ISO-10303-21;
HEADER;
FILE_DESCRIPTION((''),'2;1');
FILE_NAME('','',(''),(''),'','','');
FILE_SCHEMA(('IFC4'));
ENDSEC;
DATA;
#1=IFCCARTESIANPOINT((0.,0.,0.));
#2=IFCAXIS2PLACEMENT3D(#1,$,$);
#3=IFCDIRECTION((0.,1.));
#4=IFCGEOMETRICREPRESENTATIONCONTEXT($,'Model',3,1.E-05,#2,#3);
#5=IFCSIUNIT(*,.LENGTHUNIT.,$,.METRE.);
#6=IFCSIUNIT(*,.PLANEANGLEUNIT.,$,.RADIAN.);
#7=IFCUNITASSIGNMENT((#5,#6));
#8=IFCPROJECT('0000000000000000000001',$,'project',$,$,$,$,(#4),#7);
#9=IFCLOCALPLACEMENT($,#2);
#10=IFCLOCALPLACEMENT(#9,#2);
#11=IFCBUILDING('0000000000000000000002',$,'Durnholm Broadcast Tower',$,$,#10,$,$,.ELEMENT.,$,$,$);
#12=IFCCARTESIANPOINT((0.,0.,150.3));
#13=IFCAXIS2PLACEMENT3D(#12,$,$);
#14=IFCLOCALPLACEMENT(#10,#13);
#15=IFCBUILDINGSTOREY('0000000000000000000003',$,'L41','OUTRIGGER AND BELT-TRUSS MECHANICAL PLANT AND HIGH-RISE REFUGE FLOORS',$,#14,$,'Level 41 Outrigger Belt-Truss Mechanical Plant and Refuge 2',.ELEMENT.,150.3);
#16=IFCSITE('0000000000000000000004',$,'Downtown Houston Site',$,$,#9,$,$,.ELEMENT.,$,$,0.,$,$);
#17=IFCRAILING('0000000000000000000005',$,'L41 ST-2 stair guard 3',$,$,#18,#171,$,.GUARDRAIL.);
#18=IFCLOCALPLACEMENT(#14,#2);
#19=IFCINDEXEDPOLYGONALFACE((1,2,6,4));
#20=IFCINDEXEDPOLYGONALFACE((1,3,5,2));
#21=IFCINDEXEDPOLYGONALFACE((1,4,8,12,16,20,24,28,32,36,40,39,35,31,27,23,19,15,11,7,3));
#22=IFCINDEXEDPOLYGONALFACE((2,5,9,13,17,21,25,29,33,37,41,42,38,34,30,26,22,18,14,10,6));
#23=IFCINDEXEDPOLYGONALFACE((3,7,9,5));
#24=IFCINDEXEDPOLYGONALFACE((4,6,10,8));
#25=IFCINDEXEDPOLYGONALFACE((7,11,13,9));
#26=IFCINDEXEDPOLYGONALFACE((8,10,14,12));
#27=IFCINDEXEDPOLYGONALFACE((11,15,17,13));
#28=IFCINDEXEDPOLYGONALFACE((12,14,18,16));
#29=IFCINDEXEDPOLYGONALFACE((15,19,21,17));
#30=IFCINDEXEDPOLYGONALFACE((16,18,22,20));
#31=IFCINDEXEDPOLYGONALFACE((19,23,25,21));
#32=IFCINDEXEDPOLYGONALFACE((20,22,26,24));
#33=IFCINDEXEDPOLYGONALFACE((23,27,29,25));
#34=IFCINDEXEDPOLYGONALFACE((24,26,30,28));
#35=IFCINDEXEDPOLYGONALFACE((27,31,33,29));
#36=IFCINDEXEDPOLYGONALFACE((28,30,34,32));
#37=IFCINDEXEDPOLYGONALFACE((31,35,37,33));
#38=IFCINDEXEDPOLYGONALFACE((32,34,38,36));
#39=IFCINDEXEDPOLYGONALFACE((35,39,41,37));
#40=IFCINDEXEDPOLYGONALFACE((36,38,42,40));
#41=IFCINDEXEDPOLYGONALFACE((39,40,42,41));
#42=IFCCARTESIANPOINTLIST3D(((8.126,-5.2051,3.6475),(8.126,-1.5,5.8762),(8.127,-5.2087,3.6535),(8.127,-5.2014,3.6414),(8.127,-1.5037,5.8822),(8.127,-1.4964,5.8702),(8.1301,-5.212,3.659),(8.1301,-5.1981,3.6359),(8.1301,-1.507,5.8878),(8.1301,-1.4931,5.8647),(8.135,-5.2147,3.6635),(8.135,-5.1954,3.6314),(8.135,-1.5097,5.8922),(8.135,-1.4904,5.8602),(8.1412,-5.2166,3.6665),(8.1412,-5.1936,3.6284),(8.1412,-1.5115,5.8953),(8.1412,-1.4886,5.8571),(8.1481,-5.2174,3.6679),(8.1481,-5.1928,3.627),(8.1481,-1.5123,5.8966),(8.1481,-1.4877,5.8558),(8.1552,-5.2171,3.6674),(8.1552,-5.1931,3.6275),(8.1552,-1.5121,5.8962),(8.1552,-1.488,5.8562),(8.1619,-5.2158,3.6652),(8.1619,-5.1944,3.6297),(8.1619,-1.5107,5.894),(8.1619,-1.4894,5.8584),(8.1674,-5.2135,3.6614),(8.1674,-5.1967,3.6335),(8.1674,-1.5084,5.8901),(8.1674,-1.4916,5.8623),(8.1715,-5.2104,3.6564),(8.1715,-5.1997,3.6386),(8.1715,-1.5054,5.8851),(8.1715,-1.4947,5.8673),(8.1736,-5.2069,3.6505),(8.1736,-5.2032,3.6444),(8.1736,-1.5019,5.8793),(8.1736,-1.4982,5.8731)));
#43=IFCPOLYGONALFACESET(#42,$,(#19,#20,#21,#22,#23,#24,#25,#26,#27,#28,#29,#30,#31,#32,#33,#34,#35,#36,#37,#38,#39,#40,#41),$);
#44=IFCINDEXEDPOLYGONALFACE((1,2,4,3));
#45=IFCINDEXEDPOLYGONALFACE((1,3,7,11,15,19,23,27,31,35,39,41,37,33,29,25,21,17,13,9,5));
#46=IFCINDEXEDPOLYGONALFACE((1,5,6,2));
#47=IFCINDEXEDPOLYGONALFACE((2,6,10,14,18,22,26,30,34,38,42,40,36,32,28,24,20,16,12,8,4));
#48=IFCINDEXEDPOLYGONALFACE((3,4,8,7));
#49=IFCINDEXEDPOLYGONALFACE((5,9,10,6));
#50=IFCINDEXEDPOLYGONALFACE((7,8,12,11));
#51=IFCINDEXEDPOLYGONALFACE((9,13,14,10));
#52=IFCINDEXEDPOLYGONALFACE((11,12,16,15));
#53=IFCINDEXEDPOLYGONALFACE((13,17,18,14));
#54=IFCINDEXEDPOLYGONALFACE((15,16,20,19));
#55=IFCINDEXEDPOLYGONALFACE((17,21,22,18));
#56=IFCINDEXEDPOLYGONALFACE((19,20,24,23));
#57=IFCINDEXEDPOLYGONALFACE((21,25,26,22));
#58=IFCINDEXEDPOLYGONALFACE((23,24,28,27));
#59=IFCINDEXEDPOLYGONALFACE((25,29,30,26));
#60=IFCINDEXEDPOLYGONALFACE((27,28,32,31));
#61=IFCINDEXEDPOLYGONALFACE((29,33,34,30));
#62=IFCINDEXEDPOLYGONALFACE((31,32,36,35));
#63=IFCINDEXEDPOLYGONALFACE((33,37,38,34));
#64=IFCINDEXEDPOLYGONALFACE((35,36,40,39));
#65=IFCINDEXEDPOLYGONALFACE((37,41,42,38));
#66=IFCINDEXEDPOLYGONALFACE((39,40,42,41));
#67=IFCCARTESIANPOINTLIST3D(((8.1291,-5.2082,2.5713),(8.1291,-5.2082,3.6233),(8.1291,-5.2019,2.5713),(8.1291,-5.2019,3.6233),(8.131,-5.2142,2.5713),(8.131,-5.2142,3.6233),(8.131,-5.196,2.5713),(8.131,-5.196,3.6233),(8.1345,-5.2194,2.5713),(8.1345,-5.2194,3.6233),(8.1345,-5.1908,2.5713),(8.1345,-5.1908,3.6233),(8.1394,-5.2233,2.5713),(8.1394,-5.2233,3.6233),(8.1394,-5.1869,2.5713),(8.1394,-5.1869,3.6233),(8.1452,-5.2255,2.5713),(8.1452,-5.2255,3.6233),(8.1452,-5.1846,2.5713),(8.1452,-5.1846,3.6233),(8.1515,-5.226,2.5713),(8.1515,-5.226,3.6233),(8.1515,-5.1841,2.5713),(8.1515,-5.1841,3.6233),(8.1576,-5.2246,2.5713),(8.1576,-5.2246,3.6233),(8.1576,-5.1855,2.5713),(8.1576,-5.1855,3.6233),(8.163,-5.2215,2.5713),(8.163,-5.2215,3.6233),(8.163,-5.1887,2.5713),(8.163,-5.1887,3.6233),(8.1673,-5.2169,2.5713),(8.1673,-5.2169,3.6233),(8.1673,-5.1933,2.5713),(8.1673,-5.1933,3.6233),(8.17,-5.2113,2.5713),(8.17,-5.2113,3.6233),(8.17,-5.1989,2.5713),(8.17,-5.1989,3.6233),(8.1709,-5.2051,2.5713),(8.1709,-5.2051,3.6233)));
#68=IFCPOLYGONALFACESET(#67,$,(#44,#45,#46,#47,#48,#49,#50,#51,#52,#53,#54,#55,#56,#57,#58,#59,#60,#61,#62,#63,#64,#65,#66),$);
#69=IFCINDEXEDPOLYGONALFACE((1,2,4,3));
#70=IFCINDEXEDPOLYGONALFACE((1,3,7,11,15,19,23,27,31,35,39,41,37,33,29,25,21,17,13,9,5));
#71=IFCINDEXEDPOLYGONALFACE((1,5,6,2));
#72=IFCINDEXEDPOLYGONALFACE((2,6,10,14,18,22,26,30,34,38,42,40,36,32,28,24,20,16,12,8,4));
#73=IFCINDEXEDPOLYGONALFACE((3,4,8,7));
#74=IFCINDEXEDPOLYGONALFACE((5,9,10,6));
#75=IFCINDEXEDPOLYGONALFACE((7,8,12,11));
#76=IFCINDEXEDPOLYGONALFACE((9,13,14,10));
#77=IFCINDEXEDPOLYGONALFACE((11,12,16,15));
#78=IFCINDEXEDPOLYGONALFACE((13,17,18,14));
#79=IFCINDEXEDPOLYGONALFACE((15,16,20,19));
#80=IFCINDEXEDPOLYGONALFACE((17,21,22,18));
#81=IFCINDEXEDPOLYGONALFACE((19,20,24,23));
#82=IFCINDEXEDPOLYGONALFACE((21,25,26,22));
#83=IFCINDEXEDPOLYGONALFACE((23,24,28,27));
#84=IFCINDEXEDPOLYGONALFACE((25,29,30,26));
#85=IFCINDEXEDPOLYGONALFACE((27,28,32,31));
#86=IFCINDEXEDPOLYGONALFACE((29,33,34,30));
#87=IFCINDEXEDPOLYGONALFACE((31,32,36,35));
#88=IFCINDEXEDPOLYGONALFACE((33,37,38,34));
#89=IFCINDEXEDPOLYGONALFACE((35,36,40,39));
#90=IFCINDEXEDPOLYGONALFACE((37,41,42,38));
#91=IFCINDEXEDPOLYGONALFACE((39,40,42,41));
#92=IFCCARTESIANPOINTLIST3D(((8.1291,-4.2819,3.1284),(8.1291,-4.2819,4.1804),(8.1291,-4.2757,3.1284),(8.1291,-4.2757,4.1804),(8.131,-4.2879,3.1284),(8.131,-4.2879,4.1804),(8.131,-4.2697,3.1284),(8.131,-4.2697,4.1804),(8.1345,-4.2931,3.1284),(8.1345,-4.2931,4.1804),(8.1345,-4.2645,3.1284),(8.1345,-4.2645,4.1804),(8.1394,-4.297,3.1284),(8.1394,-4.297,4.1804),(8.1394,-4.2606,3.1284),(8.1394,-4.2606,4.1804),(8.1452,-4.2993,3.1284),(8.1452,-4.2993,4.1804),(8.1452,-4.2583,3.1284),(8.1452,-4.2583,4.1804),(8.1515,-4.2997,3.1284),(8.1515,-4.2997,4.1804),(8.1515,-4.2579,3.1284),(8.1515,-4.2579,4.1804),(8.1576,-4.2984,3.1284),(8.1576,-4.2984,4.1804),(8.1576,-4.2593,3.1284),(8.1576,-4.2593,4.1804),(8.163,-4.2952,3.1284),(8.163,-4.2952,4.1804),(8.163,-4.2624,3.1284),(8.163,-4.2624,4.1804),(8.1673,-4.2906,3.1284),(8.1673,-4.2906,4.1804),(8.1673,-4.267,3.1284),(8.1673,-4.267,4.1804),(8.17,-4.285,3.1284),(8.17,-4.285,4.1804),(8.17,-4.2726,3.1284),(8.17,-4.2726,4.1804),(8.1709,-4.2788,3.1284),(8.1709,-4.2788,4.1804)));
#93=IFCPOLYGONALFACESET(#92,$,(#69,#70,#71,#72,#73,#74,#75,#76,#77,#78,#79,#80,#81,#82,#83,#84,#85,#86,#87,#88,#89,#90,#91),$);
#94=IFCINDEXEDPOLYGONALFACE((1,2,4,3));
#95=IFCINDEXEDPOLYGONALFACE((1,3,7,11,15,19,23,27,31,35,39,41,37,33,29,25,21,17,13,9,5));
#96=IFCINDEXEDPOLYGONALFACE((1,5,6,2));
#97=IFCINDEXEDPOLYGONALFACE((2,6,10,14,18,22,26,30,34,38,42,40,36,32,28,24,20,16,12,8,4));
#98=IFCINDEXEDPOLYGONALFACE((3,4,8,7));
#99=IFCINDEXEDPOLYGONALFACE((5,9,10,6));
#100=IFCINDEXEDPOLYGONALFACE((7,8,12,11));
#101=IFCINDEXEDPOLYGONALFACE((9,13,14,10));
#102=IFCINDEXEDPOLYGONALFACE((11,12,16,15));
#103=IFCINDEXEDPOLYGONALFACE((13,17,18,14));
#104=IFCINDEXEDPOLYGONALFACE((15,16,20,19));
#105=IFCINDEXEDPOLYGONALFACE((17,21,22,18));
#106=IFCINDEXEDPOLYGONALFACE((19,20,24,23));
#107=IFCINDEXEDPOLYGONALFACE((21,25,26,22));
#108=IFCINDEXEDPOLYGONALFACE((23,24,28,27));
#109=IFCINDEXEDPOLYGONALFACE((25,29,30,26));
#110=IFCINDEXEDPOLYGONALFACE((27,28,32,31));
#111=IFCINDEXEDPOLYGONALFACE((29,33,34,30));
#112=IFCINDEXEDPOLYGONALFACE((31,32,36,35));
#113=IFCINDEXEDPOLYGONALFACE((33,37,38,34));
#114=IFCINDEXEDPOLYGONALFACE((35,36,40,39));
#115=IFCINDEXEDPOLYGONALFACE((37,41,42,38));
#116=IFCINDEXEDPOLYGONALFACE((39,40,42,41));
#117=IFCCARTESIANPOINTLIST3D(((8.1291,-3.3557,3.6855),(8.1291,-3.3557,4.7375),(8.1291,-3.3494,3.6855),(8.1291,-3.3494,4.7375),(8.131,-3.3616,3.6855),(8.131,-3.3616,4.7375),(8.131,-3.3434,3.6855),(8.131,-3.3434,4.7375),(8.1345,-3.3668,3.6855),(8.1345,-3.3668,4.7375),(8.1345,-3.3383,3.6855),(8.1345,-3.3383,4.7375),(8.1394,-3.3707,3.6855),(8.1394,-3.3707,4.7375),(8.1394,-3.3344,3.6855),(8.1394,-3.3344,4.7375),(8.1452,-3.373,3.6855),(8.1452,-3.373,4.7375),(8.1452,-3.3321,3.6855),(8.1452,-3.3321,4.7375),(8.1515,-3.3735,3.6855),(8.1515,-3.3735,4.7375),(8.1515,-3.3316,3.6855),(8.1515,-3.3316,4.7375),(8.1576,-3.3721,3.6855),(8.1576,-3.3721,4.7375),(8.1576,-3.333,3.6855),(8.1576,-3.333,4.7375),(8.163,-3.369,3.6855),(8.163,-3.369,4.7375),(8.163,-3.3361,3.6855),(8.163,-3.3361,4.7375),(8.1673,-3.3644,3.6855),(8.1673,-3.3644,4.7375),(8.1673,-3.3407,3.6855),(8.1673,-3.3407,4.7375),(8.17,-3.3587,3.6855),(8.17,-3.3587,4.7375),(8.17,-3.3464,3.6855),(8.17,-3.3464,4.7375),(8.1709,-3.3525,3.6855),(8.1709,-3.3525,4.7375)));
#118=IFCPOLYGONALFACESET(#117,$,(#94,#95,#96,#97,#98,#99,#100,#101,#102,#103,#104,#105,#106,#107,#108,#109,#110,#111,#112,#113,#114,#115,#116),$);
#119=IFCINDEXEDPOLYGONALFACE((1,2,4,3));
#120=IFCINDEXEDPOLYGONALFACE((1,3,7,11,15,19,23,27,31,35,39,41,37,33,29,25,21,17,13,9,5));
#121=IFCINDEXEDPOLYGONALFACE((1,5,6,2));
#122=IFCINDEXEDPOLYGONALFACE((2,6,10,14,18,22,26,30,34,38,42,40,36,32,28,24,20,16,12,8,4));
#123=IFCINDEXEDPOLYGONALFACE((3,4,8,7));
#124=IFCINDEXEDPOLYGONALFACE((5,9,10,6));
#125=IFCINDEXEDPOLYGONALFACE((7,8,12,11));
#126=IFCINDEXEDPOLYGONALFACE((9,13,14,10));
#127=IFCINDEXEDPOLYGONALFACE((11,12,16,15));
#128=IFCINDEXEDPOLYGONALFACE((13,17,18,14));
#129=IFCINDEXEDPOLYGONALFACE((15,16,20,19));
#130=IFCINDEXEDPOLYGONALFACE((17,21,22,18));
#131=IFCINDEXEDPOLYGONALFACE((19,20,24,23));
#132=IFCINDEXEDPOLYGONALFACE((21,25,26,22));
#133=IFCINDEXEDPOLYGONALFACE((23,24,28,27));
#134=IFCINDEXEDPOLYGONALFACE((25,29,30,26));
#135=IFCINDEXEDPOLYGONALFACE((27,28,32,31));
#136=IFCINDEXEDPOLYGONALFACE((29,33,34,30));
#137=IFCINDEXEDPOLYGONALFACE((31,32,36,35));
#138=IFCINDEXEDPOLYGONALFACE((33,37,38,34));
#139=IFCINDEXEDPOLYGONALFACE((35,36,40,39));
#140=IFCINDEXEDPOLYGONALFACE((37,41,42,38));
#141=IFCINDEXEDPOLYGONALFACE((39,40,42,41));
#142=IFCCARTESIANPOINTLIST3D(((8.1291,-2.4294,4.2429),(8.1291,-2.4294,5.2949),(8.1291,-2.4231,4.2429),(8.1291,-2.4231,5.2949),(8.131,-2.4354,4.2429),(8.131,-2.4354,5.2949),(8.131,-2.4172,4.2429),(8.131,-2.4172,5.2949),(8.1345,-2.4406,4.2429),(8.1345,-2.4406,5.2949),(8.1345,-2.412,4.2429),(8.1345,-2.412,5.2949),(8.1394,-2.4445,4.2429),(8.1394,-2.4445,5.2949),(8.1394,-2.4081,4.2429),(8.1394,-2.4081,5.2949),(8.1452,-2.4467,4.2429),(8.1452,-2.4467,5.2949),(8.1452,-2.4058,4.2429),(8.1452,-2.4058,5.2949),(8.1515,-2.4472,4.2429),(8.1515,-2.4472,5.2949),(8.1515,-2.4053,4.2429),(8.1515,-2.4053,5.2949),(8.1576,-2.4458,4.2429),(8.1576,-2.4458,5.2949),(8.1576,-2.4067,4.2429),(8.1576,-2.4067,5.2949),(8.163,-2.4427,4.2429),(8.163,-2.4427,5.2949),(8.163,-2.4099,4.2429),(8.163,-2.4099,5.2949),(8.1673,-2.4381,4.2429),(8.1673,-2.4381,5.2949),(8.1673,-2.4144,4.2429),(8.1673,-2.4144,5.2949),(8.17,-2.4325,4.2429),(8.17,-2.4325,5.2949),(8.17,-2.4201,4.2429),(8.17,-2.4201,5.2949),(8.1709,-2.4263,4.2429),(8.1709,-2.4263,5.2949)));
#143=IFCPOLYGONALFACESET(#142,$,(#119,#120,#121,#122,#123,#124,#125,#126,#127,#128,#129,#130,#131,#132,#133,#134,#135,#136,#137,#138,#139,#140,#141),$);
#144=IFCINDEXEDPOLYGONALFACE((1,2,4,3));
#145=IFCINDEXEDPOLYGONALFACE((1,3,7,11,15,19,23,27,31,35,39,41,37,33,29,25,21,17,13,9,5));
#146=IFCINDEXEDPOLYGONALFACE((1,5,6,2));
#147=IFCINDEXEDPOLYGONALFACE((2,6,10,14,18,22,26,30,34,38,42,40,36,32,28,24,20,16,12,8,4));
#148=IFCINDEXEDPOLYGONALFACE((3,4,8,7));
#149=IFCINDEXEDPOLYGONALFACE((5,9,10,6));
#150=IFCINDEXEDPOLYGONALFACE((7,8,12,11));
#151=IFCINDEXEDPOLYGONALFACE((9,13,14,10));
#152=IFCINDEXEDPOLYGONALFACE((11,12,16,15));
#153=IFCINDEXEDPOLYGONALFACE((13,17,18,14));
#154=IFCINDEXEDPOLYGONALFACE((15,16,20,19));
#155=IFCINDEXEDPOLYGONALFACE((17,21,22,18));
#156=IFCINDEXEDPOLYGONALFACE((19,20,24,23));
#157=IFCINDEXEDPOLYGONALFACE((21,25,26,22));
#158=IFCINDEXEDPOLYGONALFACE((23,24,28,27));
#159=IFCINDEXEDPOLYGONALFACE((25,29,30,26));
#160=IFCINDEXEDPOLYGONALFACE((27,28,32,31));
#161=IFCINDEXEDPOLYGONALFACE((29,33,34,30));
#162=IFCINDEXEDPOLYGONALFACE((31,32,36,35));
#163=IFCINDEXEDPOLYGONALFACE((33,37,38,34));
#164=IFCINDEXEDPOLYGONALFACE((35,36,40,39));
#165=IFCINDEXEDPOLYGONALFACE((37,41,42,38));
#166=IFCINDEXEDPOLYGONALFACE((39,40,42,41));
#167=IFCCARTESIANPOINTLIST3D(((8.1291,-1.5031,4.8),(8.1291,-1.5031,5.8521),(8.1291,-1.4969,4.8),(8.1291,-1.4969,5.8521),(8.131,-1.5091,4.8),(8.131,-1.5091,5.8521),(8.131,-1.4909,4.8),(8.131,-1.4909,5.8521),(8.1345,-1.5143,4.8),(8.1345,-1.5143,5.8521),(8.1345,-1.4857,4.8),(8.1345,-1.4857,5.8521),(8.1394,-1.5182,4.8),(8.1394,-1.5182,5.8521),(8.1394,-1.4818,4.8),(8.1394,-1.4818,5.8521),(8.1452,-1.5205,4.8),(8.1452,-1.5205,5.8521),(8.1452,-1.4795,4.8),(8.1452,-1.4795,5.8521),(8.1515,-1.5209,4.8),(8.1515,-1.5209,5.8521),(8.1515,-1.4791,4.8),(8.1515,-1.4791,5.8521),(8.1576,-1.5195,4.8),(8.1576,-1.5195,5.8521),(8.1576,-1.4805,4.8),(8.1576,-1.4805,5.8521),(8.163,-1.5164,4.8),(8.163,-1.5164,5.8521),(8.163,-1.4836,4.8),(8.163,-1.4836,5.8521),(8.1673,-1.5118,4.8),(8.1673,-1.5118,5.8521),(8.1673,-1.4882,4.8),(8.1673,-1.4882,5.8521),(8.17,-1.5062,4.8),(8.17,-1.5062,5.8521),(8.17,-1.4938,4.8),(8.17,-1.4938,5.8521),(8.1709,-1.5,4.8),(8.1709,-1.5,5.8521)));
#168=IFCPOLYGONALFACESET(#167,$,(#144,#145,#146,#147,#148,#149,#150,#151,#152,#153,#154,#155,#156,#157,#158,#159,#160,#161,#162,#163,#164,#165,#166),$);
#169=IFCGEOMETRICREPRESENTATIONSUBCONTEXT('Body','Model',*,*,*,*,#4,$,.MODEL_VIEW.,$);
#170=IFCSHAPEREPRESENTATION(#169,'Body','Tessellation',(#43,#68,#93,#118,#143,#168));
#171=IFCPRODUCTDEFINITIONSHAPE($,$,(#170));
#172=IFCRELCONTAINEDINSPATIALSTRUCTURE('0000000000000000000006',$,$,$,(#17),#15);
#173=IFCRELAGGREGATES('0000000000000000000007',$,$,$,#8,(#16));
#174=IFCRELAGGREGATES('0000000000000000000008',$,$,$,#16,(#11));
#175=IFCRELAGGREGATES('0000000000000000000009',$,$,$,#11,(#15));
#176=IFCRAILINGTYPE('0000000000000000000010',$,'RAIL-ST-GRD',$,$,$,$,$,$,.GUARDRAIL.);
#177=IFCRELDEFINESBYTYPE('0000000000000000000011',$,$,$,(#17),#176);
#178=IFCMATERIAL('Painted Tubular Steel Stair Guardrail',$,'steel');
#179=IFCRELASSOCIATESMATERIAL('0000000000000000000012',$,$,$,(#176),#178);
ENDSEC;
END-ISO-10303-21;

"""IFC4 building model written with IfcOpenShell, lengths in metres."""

from ifc_helpers import new_model, si_unit, direction, frame, origin, origin_2d, place, context, subcontext, project, spatial, circle, extrude, material, type_object, element, save


model = new_model("IFC4")

# Units and contexts
model_context = context("Model", 3, precision=1e-05, world=origin(), true_north=direction((0.0, 1.0)))
body_context = subcontext(model_context, "Body", "Model", "MODEL_VIEW")
ifc_project = project(units=[si_unit("LENGTHUNIT", "METRE"), si_unit("PLANEANGLEUNIT", "RADIAN")], contexts=[model_context])

# Site, building, storey
site_placement = place(None, origin())
site = spatial("IfcSite", under=ifc_project, at=site_placement, Name="Downtown Houston Site", CompositionType="ELEMENT", RefElevation=0.0)
building_placement = place(site_placement, origin())
building = spatial("IfcBuilding", under=site, at=building_placement, Name="Durnholm Broadcast Tower", CompositionType="ELEMENT")
storey_placement = place(building_placement, frame((0.0, 0.0, 150.3)))
storey = spatial("IfcBuildingStorey", under=building, at=storey_placement, Name="L41", Description="OUTRIGGER AND BELT-TRUSS MECHANICAL PLANT AND HIGH-RISE REFUGE FLOORS", LongName="Level 41 Outrigger Belt-Truss Mechanical Plant and Refuge 2", CompositionType="ELEMENT", Elevation=150.3)

# Railing
ifc_material_1 = material(Name="Painted Tubular Steel Stair Guardrail", Category="steel")
railing_type_1 = type_object("IfcRailingType", Name="RAIL-ST-GRD", PredefinedType="GUARDRAIL", material=ifc_material_1)
railing_1_placement = place(storey_placement, frame((8.1499, -5.2051, 2.5713)))
element("IfcRailing", 1, at=railing_1_placement, inside=storey, type_object=railing_type_1, Name="L41 ST-2 stair guard 3", PredefinedType="GUARDRAIL", context=body_context, shape_type="SweptSolid", body=[
    extrude(circle(Radius=0.0239, at=origin_2d()), frame((0.0, 0.0, 1.0762), z_axis=(0.0, 0.856909, 0.515467), x_axis=(-1.0, 0.0, 0.0)), (0.0, 0.0, 1.0), 4.3237),
    extrude(circle(Radius=0.021, at=origin_2d()), origin(), (0.0, 0.0, 1.0), 1.052),
    extrude(circle(Radius=0.021, at=origin_2d()), frame((0.0, 0.9263, 0.5571)), (0.0, 0.0, 1.0), 1.052),
    extrude(circle(Radius=0.021, at=origin_2d()), frame((0.0, 1.8525, 1.1143)), (0.0, 0.0, 1.0), 1.052),
    extrude(circle(Radius=0.021, at=origin_2d()), frame((0.0, 2.7788, 1.6716)), (0.0, 0.0, 1.0), 1.052),
    extrude(circle(Radius=0.021, at=origin_2d()), frame((0.0, 3.7051, 2.2288)), (0.0, 0.0, 1.0), 1.052),
])

save(model, "model.ifc")
